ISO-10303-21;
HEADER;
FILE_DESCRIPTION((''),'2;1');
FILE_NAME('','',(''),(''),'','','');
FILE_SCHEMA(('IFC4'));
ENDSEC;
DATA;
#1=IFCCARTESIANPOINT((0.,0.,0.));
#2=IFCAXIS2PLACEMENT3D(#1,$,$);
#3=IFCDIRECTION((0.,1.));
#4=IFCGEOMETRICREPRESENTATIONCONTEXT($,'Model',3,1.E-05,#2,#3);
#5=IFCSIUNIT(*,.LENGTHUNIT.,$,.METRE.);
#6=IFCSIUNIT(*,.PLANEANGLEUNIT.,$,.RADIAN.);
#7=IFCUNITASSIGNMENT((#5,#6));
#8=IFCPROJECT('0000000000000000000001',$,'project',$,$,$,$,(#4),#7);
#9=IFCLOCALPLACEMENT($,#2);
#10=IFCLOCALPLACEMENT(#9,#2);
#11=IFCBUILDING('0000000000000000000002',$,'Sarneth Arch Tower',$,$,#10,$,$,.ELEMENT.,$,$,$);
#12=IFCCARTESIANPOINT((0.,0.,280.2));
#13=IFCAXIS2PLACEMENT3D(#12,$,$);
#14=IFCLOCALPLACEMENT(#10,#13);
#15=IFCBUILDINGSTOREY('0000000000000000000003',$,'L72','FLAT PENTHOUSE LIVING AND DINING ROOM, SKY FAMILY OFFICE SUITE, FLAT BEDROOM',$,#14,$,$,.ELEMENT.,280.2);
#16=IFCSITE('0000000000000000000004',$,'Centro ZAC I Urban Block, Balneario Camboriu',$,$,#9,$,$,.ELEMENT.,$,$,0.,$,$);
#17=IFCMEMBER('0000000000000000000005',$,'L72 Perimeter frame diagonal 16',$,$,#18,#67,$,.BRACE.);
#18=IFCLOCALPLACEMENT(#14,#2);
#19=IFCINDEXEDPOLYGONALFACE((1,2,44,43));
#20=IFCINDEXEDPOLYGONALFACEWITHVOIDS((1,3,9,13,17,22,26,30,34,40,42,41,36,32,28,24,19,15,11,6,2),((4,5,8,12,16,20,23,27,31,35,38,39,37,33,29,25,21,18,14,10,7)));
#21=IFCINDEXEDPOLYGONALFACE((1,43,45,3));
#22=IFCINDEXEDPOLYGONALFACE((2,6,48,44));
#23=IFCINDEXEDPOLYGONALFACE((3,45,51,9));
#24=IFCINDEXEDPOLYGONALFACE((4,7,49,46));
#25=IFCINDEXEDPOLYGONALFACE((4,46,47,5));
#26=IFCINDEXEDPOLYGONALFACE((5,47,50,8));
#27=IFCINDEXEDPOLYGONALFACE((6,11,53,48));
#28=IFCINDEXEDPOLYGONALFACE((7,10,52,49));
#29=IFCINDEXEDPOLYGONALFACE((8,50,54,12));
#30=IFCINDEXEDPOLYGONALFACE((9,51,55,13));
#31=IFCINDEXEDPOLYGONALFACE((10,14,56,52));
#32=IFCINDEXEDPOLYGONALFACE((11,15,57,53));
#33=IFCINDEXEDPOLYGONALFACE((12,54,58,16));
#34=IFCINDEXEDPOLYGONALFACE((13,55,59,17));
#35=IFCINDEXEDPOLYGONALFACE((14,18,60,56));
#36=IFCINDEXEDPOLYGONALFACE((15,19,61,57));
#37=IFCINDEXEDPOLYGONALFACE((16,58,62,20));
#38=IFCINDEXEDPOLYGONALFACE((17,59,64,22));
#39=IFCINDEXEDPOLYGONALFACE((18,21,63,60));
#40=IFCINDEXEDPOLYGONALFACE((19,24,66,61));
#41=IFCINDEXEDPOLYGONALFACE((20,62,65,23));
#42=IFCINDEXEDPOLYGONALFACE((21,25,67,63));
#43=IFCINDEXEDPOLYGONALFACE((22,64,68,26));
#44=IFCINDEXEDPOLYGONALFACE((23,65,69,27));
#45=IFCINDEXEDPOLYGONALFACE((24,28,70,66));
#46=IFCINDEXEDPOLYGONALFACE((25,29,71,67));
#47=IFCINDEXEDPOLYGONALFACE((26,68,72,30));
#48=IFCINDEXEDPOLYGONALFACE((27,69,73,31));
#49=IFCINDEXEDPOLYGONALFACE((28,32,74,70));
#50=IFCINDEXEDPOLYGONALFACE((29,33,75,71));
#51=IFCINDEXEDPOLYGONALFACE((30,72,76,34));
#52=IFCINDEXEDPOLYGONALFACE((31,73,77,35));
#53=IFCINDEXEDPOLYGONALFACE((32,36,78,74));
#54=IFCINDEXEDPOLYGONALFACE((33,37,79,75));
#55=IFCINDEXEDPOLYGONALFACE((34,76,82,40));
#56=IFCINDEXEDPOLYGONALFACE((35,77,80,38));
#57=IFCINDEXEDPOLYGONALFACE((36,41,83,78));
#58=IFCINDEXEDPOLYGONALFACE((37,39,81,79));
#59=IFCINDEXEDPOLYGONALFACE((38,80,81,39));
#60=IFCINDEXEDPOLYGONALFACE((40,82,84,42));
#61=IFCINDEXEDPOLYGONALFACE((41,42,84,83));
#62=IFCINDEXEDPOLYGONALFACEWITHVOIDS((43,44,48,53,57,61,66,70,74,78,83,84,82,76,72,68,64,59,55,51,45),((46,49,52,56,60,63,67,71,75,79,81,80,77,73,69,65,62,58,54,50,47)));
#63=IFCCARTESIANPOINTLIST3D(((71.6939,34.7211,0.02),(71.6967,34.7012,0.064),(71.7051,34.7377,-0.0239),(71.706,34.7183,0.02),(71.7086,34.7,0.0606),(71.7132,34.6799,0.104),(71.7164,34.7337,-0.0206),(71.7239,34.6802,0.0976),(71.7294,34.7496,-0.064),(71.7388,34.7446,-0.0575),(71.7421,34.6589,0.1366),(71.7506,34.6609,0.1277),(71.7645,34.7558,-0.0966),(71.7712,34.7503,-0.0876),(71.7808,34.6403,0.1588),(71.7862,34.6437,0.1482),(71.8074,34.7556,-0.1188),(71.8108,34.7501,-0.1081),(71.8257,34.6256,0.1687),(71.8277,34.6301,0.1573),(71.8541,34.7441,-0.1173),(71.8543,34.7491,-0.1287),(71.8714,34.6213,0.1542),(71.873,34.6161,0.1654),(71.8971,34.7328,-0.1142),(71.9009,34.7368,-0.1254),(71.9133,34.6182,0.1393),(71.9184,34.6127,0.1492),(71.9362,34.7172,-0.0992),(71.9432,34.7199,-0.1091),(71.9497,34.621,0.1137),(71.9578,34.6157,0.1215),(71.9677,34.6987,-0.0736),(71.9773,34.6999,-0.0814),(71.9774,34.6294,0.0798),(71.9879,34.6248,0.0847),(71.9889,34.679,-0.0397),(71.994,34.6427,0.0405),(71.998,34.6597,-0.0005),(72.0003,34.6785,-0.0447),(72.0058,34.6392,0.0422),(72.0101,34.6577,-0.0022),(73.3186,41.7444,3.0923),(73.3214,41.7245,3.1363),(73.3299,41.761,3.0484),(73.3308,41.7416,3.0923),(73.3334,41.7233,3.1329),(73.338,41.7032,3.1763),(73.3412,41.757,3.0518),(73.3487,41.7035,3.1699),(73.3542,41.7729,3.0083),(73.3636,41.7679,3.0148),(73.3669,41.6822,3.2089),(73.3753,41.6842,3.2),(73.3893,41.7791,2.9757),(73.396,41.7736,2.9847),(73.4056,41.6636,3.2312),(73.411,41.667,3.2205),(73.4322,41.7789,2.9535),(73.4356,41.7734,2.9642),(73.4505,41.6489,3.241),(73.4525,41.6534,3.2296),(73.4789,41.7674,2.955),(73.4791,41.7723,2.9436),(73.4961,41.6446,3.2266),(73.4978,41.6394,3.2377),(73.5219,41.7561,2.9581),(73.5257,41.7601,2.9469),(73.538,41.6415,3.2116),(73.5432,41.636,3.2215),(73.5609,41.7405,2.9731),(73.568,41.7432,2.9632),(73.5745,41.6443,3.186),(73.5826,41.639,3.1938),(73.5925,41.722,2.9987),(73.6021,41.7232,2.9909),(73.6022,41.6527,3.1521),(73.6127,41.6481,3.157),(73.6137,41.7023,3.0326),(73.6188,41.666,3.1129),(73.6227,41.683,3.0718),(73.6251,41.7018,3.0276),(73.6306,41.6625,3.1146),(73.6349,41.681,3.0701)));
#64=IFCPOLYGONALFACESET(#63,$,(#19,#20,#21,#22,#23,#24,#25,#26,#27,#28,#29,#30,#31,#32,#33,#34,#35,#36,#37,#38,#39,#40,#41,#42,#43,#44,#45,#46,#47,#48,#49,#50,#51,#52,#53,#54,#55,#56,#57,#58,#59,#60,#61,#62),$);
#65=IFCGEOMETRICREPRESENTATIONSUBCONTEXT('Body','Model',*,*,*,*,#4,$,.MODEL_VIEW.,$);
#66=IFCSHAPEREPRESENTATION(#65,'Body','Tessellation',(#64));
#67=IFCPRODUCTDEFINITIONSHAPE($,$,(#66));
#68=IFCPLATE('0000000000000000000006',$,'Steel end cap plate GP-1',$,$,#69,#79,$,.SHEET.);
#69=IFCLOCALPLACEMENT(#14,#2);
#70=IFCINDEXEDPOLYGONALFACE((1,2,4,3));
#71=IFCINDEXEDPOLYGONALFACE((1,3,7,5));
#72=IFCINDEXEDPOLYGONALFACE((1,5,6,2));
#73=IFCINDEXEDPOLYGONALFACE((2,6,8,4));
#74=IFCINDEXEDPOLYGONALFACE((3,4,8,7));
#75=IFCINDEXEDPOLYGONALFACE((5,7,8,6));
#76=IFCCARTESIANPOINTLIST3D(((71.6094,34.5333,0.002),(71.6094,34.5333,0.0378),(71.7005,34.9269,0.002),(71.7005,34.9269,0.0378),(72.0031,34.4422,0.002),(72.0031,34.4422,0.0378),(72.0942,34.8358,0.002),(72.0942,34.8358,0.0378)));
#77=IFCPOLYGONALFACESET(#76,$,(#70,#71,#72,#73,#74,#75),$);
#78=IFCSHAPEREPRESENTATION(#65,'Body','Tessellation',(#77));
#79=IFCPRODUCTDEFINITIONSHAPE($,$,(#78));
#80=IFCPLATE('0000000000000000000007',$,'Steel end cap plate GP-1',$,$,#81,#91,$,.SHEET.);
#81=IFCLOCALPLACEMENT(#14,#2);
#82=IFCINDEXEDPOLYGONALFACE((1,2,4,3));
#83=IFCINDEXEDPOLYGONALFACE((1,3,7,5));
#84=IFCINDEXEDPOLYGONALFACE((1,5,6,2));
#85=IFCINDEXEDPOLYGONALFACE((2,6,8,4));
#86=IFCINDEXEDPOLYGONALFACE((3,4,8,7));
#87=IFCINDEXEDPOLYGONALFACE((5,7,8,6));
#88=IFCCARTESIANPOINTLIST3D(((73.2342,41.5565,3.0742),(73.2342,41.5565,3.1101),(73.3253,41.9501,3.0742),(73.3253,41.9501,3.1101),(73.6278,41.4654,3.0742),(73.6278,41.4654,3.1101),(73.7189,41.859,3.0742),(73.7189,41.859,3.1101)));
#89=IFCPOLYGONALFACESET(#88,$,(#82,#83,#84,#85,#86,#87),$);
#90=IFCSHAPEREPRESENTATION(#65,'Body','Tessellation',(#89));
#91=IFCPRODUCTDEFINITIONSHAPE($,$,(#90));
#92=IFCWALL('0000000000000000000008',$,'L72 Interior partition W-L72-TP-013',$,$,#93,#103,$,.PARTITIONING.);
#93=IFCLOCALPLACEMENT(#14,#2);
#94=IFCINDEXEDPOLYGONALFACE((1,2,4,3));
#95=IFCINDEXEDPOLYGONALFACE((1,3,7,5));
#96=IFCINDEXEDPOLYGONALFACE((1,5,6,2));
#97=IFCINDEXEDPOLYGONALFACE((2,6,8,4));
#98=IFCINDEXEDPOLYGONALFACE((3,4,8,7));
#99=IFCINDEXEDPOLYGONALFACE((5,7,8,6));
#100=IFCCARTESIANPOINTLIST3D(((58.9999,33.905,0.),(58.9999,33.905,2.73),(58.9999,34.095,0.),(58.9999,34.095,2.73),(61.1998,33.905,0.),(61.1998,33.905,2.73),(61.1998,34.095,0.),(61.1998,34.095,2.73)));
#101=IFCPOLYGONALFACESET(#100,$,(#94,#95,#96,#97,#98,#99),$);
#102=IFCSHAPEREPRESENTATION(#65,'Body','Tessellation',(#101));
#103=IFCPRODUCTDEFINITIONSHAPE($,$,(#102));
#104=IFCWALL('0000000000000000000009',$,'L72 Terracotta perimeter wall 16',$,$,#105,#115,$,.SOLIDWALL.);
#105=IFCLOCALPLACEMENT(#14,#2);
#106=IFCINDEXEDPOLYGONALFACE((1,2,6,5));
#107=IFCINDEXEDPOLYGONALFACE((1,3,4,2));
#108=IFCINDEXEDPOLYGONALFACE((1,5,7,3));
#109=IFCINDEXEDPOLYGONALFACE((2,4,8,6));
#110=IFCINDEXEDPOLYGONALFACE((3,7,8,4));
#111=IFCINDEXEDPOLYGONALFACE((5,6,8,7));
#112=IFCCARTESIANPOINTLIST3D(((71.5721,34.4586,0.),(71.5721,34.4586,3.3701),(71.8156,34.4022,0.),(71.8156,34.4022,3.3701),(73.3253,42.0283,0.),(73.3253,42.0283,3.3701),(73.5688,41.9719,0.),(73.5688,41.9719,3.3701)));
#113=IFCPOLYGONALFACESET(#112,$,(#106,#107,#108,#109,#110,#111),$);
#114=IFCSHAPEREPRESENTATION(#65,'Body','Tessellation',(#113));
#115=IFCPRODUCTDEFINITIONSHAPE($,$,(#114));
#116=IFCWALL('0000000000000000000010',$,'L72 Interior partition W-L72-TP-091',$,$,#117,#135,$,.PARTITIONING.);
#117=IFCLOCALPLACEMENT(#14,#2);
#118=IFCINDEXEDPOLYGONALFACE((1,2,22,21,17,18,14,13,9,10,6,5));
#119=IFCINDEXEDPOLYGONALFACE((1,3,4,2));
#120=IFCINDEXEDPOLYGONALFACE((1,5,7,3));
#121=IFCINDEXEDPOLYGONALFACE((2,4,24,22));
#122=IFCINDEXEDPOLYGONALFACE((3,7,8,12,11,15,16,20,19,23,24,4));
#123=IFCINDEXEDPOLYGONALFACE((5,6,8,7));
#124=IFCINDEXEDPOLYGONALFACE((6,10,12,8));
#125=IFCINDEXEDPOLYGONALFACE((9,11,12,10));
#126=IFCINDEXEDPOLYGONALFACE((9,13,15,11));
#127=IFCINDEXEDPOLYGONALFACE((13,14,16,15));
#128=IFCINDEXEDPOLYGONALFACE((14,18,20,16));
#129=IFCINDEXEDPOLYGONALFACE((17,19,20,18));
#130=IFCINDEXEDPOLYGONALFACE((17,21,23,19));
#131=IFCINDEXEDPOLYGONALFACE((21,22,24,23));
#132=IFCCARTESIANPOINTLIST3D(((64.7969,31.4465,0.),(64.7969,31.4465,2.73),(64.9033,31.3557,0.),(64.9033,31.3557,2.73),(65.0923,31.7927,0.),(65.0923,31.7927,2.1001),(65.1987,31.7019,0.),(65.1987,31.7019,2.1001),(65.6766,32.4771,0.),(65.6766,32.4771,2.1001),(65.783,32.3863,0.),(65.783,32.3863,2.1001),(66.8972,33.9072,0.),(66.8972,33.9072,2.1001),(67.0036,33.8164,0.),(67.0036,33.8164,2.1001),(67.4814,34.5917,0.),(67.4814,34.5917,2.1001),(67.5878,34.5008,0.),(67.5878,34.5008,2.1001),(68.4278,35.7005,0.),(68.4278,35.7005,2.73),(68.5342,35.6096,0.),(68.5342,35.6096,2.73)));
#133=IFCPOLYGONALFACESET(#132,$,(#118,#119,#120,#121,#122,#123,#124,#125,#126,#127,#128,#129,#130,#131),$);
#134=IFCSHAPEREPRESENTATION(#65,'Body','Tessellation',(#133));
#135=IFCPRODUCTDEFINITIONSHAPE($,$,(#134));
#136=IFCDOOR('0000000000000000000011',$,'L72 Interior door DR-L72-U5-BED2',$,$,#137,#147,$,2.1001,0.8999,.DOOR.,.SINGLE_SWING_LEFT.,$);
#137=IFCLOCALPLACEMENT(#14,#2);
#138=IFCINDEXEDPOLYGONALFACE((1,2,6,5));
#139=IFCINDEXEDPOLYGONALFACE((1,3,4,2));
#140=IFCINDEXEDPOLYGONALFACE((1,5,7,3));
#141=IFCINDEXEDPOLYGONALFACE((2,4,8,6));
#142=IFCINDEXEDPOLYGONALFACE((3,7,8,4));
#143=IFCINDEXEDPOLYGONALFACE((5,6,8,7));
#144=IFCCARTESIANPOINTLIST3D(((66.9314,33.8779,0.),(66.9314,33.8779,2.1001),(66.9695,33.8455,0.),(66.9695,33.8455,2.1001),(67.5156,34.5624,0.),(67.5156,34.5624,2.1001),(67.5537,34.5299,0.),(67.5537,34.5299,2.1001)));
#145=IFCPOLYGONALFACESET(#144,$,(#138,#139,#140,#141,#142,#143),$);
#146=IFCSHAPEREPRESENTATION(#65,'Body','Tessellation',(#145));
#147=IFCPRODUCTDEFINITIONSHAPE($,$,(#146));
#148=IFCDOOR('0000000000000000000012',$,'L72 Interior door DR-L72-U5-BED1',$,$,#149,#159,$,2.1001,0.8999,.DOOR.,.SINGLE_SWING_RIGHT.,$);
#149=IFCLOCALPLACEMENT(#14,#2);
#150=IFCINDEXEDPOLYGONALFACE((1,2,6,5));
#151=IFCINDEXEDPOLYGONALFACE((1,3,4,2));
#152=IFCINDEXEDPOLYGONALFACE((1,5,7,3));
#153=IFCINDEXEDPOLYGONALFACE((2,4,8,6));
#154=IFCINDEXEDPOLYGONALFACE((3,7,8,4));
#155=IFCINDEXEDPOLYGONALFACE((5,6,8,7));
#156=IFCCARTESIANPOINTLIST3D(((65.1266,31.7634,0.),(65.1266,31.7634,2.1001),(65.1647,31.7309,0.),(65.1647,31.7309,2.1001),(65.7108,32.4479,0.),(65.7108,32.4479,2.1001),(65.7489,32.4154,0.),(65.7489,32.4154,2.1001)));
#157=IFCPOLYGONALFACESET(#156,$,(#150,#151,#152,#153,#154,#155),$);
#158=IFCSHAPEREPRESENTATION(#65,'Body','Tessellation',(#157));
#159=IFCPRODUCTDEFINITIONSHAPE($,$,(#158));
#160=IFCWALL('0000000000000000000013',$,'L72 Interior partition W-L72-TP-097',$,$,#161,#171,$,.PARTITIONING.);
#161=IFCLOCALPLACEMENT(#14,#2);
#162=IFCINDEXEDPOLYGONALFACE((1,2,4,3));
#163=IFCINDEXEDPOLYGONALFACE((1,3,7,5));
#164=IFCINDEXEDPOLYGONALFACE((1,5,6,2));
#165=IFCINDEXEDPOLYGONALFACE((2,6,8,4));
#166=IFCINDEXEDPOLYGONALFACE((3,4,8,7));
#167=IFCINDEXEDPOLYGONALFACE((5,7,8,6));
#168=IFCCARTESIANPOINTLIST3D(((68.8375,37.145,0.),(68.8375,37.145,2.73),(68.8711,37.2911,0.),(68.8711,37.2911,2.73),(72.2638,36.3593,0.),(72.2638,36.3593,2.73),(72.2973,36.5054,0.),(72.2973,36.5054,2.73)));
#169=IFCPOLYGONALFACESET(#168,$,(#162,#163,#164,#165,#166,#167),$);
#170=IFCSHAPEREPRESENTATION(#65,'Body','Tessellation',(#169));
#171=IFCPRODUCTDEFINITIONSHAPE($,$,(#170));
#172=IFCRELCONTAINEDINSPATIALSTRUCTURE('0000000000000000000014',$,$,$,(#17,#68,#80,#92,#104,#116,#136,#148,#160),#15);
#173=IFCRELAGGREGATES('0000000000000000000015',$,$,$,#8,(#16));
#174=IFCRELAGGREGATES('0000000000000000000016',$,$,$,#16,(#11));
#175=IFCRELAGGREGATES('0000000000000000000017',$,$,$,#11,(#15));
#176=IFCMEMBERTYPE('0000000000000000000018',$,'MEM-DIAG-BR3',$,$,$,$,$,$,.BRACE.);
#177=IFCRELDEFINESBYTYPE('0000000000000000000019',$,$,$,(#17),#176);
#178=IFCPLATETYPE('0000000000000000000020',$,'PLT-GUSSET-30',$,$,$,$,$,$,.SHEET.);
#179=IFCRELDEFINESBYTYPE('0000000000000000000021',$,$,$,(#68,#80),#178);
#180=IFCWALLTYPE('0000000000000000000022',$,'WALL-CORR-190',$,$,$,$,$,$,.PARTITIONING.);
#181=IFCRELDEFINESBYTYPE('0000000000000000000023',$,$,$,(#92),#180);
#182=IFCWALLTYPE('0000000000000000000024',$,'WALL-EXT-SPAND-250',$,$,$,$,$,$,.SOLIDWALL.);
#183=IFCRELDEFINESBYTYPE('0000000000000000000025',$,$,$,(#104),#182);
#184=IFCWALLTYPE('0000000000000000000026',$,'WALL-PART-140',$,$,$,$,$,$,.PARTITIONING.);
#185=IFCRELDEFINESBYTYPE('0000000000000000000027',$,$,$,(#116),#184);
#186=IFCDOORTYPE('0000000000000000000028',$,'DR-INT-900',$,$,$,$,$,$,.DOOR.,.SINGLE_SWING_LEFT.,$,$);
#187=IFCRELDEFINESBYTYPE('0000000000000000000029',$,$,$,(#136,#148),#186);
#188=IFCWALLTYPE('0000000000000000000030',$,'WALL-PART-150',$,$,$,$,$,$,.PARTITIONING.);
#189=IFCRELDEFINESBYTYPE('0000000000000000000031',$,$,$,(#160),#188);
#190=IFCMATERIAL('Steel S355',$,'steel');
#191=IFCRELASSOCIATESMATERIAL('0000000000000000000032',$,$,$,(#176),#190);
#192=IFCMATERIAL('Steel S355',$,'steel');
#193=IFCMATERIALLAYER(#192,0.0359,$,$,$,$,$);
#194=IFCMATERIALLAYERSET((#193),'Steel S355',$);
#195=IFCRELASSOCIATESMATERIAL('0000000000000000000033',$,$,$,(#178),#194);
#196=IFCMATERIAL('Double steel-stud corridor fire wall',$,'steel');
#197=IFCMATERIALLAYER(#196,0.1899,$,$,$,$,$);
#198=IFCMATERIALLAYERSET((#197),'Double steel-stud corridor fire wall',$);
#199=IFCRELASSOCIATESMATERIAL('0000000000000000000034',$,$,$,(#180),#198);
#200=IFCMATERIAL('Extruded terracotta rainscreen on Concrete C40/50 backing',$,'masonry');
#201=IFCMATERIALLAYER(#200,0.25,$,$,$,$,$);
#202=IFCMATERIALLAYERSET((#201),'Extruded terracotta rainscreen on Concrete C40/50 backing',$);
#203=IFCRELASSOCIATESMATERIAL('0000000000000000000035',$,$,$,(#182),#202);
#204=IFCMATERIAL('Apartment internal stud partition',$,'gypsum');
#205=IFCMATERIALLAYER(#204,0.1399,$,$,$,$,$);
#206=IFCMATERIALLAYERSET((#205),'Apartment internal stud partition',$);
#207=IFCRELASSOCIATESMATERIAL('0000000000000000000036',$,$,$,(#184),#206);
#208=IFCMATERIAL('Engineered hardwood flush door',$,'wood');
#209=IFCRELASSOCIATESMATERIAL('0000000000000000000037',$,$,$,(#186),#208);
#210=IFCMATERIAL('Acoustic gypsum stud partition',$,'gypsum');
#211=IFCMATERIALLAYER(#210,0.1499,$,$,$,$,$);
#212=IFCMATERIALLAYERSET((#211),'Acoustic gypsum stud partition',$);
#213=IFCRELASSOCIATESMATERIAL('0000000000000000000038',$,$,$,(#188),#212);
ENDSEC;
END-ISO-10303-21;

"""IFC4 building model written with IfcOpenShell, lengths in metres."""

from ifc_helpers import new_model, si_unit, direction, frame, frame_2d, origin, origin_2d, place, context, subcontext, project, spatial, rectangle, hollow_circle, extrude, material, layer, layer_set, material_profile, profile_set, type_object, element, fill, save


model = new_model("IFC4")

# Units and contexts
model_context = context("Model", 3, precision=1e-05, world=origin(), true_north=direction((0.0, 1.0)))
body_context = subcontext(model_context, "Body", "Model", "MODEL_VIEW")
ifc_project = project(units=[si_unit("LENGTHUNIT", "METRE"), si_unit("PLANEANGLEUNIT", "RADIAN")], contexts=[model_context])

# Site, building, storey
site_placement = place(None, origin())
site = spatial("IfcSite", under=ifc_project, at=site_placement, Name="Centro ZAC I Urban Block, Balneario Camboriu", CompositionType="ELEMENT", RefElevation=0.0)
building_placement = place(site_placement, origin())
building = spatial("IfcBuilding", under=site, at=building_placement, Name="Sarneth Arch Tower", CompositionType="ELEMENT")
storey_placement = place(building_placement, frame((0.0, 0.0, 280.2)))
storey = spatial("IfcBuildingStorey", under=building, at=storey_placement, Name="L72", Description="FLAT PENTHOUSE LIVING AND DINING ROOM, SKY FAMILY OFFICE SUITE, FLAT BEDROOM", CompositionType="ELEMENT", Elevation=280.2)

# Member
ifc_material_1 = material(Name="Steel S355", Category="steel")
ifc_material_profile_1 = material_profile(ifc_material_1, hollow_circle(Radius=0.1621, WallThickness=0.0125, at=origin_2d()), Name="CHS324x12.5")
ifc_profile_set_1 = profile_set([ifc_material_profile_1], Name="Steel S355")
member_type = type_object("IfcMemberType", Name="MEM-DIAG-BR3", PredefinedType="BRACE", material=ifc_profile_set_1)
member_placement = place(storey_placement, frame((71.8518, 34.6846, 0.02), z_axis=(0.207343, 0.896265, 0.392067), x_axis=(-0.974269, 0.225389, 0.0)))
element("IfcMember", 1, at=member_placement, inside=storey, type_object=member_type, Name="L72 Perimeter frame diagonal 16", PredefinedType="BRACE", context=body_context, shape_type="SweptSolid", body=[
    extrude(hollow_circle(Radius=0.1621, WallThickness=0.0125, at=origin_2d()), origin(), (0.0, 0.0, 1.0), 7.8362),
])

# Plates
ifc_material_2 = material(Name="Steel S355", Category="steel")
ifc_layer_1 = layer(ifc_material_2, 0.0359)
ifc_layer_set_1 = layer_set([ifc_layer_1], Name="Steel S355")
plate_type = type_object("IfcPlateType", Name="PLT-GUSSET-30", PredefinedType="SHEET", material=ifc_layer_set_1)
for number, where, z_axis, x_axis, name in (
    (2, (71.8518, 34.6846, 0.002), (0.0, 0.0, 1.0), (0.225461, 0.974252, 0.0), "Steel end cap plate GP-1"),
    (3, (73.4766, 41.7078, 3.0742), (0.0, 0.0, 1.0), (0.225461, 0.974252, 0.0), "Steel end cap plate GP-1"),
):
    element("IfcPlate", number, at=place(storey_placement, frame(where, z_axis=z_axis, x_axis=x_axis)), inside=storey, type_object=plate_type, Name=name, PredefinedType="SHEET", context=body_context, shape_type="SweptSolid", body=[
        extrude(rectangle(XDim=0.4041, YDim=0.4041, at=origin_2d()), origin(), (0.0, 0.0, 1.0), 0.0359),
    ])

# Walls
ifc_material_3 = material(Name="Double steel-stud corridor fire wall", Category="steel")
ifc_layer_2 = layer(ifc_material_3, 0.1899)
ifc_layer_set_2 = layer_set([ifc_layer_2], Name="Double steel-stud corridor fire wall")
wall_type_1 = type_object("IfcWallType", Name="WALL-CORR-190", PredefinedType="PARTITIONING", material=ifc_layer_set_2)
wall_1_placement = place(storey_placement, frame((61.2, 34.0, 0.0), z_axis=(0.0, 0.0, 1.0), x_axis=(-1.0, 0.0, 0.0)))
element("IfcWall", 4, at=wall_1_placement, inside=storey, type_object=wall_type_1, Name="L72 Interior partition W-L72-TP-013", PredefinedType="PARTITIONING", context=body_context, shape_type="SweptSolid", body=[
    extrude(rectangle(XDim=2.2, YDim=0.1899, at=frame_2d((1.1001, 0.0))), origin(), (0.0, 0.0, 1.0), 2.73),
])
ifc_material_4 = material(Name="Extruded terracotta rainscreen on Concrete C40/50 backing", Category="masonry")
ifc_layer_3 = layer(ifc_material_4, 0.25)
ifc_layer_set_3 = layer_set([ifc_layer_3], Name="Extruded terracotta rainscreen on Concrete C40/50 backing")
wall_type_2 = type_object("IfcWallType", Name="WALL-EXT-SPAND-250", PredefinedType="SOLIDWALL", material=ifc_layer_set_3)
wall_2_placement = place(storey_placement, frame((71.6938, 34.4304, 0.0), z_axis=(0.0, 0.0, 1.0), x_axis=(0.225635, 0.974212, 0.0)))
element("IfcWall", 5, at=wall_2_placement, inside=storey, type_object=wall_type_2, Name="L72 Terracotta perimeter wall 16", PredefinedType="SOLIDWALL", context=body_context, shape_type="SweptSolid", body=[
    extrude(rectangle(XDim=7.77, YDim=0.25, at=frame_2d((3.885, 0.0))), origin(), (0.0, 0.0, 1.0), 3.3701),
])

# Wall, openings, doors
ifc_material_5 = material(Name="Apartment internal stud partition", Category="gypsum")
ifc_layer_4 = layer(ifc_material_5, 0.1399)
ifc_layer_set_4 = layer_set([ifc_layer_4], Name="Apartment internal stud partition")
wall_type_3 = type_object("IfcWallType", Name="WALL-PART-140", PredefinedType="PARTITIONING", material=ifc_layer_set_4)
wall_3_placement = place(storey_placement, frame((64.8501, 31.4011, 0.0), z_axis=(0.0, 0.0, 1.0), x_axis=(0.649208, 0.760611, 0.0)))
wall_3 = element("IfcWall", 6, at=wall_3_placement, inside=storey, type_object=wall_type_3, Name="L72 Interior partition W-L72-TP-091", PredefinedType="PARTITIONING", context=body_context, shape_type="SweptSolid", body=[
    extrude(rectangle(XDim=5.5928, YDim=0.1399, at=frame_2d((2.7964, 0.0))), origin(), (0.0, 0.0, 1.0), 2.73),
])
opening_1_placement = place(wall_3_placement, frame((3.2351, 0.0, 0.0)))
opening_1 = element("IfcOpeningElement", 7, at=opening_1_placement, cuts=wall_3, PredefinedType="OPENING", context=body_context, shape_type="SweptSolid", body=[
    extrude(rectangle(XDim=0.8999, YDim=2.1001, at=frame_2d((0.45, 1.05))), frame((0.0, 0.0798, 0.0), z_axis=(0.0, -1.0, 0.0), x_axis=(1.0, 0.0, 0.0)), (0.0, 0.0, 1.0), 0.1599),
])
opening_2_placement = place(wall_3_placement, frame((0.4551, 0.0, 0.0)))
opening_2 = element("IfcOpeningElement", 8, at=opening_2_placement, cuts=wall_3, PredefinedType="OPENING", context=body_context, shape_type="SweptSolid", body=[
    extrude(rectangle(XDim=0.8999, YDim=2.1001, at=frame_2d((0.45, 1.05))), frame((0.0, 0.0798, 0.0), z_axis=(0.0, -1.0, 0.0), x_axis=(1.0, 0.0, 0.0)), (0.0, 0.0, 1.0), 0.1599),
])
ifc_material_6 = material(Name="Engineered hardwood flush door", Category="wood")
door_type = type_object("IfcDoorType", Name="DR-INT-900", OperationType="SINGLE_SWING_LEFT", PredefinedType="DOOR", material=ifc_material_6)
door_1_placement = place(opening_1_placement, origin())
door_1 = element("IfcDoor", 9, at=door_1_placement, inside=storey, type_object=door_type, Name="L72 Interior door DR-L72-U5-BED2", OperationType="SINGLE_SWING_LEFT", OverallHeight=2.1001, OverallWidth=0.8999, PredefinedType="DOOR", context=body_context, shape_type="SweptSolid", body=[
    extrude(rectangle(XDim=0.8999, YDim=2.1001, at=frame_2d((0.45, 1.05))), frame((0.0, 0.0249, 0.0), z_axis=(0.0, -1.0, 0.0), x_axis=(1.0, 0.0, 0.0)), (0.0, 0.0, 1.0), 0.05),
])
fill(opening_1, door_1)
door_2_placement = place(opening_2_placement, origin())
door_2 = element("IfcDoor", 10, at=door_2_placement, inside=storey, type_object=door_type, Name="L72 Interior door DR-L72-U5-BED1", OperationType="SINGLE_SWING_RIGHT", OverallHeight=2.1001, OverallWidth=0.8999, PredefinedType="DOOR", context=body_context, shape_type="SweptSolid", body=[
    extrude(rectangle(XDim=0.8999, YDim=2.1001, at=frame_2d((0.45, 1.05))), frame((0.0, 0.0249, 0.0), z_axis=(0.0, -1.0, 0.0), x_axis=(1.0, 0.0, 0.0)), (0.0, 0.0, 1.0), 0.05),
])
fill(opening_2, door_2)

# Wall
ifc_material_7 = material(Name="Acoustic gypsum stud partition", Category="gypsum")
ifc_layer_5 = layer(ifc_material_7, 0.1499)
ifc_layer_set_5 = layer_set([ifc_layer_5], Name="Acoustic gypsum stud partition")
wall_type_4 = type_object("IfcWallType", Name="WALL-PART-150", PredefinedType="PARTITIONING", material=ifc_layer_set_5)
wall_4_placement = place(storey_placement, frame((72.2805, 36.4324, 0.0), z_axis=(0.0, 0.0, 1.0), x_axis=(-0.974704, 0.2235, 0.0)))
element("IfcWall", 11, at=wall_4_placement, inside=storey, type_object=wall_type_4, Name="L72 Interior partition W-L72-TP-097", PredefinedType="PARTITIONING", context=body_context, shape_type="SweptSolid", body=[
    extrude(rectangle(XDim=3.5151, YDim=0.1499, at=frame_2d((1.7576, 0.0))), origin(), (0.0, 0.0, 1.0), 2.73),
])

save(model, "model.ifc")
